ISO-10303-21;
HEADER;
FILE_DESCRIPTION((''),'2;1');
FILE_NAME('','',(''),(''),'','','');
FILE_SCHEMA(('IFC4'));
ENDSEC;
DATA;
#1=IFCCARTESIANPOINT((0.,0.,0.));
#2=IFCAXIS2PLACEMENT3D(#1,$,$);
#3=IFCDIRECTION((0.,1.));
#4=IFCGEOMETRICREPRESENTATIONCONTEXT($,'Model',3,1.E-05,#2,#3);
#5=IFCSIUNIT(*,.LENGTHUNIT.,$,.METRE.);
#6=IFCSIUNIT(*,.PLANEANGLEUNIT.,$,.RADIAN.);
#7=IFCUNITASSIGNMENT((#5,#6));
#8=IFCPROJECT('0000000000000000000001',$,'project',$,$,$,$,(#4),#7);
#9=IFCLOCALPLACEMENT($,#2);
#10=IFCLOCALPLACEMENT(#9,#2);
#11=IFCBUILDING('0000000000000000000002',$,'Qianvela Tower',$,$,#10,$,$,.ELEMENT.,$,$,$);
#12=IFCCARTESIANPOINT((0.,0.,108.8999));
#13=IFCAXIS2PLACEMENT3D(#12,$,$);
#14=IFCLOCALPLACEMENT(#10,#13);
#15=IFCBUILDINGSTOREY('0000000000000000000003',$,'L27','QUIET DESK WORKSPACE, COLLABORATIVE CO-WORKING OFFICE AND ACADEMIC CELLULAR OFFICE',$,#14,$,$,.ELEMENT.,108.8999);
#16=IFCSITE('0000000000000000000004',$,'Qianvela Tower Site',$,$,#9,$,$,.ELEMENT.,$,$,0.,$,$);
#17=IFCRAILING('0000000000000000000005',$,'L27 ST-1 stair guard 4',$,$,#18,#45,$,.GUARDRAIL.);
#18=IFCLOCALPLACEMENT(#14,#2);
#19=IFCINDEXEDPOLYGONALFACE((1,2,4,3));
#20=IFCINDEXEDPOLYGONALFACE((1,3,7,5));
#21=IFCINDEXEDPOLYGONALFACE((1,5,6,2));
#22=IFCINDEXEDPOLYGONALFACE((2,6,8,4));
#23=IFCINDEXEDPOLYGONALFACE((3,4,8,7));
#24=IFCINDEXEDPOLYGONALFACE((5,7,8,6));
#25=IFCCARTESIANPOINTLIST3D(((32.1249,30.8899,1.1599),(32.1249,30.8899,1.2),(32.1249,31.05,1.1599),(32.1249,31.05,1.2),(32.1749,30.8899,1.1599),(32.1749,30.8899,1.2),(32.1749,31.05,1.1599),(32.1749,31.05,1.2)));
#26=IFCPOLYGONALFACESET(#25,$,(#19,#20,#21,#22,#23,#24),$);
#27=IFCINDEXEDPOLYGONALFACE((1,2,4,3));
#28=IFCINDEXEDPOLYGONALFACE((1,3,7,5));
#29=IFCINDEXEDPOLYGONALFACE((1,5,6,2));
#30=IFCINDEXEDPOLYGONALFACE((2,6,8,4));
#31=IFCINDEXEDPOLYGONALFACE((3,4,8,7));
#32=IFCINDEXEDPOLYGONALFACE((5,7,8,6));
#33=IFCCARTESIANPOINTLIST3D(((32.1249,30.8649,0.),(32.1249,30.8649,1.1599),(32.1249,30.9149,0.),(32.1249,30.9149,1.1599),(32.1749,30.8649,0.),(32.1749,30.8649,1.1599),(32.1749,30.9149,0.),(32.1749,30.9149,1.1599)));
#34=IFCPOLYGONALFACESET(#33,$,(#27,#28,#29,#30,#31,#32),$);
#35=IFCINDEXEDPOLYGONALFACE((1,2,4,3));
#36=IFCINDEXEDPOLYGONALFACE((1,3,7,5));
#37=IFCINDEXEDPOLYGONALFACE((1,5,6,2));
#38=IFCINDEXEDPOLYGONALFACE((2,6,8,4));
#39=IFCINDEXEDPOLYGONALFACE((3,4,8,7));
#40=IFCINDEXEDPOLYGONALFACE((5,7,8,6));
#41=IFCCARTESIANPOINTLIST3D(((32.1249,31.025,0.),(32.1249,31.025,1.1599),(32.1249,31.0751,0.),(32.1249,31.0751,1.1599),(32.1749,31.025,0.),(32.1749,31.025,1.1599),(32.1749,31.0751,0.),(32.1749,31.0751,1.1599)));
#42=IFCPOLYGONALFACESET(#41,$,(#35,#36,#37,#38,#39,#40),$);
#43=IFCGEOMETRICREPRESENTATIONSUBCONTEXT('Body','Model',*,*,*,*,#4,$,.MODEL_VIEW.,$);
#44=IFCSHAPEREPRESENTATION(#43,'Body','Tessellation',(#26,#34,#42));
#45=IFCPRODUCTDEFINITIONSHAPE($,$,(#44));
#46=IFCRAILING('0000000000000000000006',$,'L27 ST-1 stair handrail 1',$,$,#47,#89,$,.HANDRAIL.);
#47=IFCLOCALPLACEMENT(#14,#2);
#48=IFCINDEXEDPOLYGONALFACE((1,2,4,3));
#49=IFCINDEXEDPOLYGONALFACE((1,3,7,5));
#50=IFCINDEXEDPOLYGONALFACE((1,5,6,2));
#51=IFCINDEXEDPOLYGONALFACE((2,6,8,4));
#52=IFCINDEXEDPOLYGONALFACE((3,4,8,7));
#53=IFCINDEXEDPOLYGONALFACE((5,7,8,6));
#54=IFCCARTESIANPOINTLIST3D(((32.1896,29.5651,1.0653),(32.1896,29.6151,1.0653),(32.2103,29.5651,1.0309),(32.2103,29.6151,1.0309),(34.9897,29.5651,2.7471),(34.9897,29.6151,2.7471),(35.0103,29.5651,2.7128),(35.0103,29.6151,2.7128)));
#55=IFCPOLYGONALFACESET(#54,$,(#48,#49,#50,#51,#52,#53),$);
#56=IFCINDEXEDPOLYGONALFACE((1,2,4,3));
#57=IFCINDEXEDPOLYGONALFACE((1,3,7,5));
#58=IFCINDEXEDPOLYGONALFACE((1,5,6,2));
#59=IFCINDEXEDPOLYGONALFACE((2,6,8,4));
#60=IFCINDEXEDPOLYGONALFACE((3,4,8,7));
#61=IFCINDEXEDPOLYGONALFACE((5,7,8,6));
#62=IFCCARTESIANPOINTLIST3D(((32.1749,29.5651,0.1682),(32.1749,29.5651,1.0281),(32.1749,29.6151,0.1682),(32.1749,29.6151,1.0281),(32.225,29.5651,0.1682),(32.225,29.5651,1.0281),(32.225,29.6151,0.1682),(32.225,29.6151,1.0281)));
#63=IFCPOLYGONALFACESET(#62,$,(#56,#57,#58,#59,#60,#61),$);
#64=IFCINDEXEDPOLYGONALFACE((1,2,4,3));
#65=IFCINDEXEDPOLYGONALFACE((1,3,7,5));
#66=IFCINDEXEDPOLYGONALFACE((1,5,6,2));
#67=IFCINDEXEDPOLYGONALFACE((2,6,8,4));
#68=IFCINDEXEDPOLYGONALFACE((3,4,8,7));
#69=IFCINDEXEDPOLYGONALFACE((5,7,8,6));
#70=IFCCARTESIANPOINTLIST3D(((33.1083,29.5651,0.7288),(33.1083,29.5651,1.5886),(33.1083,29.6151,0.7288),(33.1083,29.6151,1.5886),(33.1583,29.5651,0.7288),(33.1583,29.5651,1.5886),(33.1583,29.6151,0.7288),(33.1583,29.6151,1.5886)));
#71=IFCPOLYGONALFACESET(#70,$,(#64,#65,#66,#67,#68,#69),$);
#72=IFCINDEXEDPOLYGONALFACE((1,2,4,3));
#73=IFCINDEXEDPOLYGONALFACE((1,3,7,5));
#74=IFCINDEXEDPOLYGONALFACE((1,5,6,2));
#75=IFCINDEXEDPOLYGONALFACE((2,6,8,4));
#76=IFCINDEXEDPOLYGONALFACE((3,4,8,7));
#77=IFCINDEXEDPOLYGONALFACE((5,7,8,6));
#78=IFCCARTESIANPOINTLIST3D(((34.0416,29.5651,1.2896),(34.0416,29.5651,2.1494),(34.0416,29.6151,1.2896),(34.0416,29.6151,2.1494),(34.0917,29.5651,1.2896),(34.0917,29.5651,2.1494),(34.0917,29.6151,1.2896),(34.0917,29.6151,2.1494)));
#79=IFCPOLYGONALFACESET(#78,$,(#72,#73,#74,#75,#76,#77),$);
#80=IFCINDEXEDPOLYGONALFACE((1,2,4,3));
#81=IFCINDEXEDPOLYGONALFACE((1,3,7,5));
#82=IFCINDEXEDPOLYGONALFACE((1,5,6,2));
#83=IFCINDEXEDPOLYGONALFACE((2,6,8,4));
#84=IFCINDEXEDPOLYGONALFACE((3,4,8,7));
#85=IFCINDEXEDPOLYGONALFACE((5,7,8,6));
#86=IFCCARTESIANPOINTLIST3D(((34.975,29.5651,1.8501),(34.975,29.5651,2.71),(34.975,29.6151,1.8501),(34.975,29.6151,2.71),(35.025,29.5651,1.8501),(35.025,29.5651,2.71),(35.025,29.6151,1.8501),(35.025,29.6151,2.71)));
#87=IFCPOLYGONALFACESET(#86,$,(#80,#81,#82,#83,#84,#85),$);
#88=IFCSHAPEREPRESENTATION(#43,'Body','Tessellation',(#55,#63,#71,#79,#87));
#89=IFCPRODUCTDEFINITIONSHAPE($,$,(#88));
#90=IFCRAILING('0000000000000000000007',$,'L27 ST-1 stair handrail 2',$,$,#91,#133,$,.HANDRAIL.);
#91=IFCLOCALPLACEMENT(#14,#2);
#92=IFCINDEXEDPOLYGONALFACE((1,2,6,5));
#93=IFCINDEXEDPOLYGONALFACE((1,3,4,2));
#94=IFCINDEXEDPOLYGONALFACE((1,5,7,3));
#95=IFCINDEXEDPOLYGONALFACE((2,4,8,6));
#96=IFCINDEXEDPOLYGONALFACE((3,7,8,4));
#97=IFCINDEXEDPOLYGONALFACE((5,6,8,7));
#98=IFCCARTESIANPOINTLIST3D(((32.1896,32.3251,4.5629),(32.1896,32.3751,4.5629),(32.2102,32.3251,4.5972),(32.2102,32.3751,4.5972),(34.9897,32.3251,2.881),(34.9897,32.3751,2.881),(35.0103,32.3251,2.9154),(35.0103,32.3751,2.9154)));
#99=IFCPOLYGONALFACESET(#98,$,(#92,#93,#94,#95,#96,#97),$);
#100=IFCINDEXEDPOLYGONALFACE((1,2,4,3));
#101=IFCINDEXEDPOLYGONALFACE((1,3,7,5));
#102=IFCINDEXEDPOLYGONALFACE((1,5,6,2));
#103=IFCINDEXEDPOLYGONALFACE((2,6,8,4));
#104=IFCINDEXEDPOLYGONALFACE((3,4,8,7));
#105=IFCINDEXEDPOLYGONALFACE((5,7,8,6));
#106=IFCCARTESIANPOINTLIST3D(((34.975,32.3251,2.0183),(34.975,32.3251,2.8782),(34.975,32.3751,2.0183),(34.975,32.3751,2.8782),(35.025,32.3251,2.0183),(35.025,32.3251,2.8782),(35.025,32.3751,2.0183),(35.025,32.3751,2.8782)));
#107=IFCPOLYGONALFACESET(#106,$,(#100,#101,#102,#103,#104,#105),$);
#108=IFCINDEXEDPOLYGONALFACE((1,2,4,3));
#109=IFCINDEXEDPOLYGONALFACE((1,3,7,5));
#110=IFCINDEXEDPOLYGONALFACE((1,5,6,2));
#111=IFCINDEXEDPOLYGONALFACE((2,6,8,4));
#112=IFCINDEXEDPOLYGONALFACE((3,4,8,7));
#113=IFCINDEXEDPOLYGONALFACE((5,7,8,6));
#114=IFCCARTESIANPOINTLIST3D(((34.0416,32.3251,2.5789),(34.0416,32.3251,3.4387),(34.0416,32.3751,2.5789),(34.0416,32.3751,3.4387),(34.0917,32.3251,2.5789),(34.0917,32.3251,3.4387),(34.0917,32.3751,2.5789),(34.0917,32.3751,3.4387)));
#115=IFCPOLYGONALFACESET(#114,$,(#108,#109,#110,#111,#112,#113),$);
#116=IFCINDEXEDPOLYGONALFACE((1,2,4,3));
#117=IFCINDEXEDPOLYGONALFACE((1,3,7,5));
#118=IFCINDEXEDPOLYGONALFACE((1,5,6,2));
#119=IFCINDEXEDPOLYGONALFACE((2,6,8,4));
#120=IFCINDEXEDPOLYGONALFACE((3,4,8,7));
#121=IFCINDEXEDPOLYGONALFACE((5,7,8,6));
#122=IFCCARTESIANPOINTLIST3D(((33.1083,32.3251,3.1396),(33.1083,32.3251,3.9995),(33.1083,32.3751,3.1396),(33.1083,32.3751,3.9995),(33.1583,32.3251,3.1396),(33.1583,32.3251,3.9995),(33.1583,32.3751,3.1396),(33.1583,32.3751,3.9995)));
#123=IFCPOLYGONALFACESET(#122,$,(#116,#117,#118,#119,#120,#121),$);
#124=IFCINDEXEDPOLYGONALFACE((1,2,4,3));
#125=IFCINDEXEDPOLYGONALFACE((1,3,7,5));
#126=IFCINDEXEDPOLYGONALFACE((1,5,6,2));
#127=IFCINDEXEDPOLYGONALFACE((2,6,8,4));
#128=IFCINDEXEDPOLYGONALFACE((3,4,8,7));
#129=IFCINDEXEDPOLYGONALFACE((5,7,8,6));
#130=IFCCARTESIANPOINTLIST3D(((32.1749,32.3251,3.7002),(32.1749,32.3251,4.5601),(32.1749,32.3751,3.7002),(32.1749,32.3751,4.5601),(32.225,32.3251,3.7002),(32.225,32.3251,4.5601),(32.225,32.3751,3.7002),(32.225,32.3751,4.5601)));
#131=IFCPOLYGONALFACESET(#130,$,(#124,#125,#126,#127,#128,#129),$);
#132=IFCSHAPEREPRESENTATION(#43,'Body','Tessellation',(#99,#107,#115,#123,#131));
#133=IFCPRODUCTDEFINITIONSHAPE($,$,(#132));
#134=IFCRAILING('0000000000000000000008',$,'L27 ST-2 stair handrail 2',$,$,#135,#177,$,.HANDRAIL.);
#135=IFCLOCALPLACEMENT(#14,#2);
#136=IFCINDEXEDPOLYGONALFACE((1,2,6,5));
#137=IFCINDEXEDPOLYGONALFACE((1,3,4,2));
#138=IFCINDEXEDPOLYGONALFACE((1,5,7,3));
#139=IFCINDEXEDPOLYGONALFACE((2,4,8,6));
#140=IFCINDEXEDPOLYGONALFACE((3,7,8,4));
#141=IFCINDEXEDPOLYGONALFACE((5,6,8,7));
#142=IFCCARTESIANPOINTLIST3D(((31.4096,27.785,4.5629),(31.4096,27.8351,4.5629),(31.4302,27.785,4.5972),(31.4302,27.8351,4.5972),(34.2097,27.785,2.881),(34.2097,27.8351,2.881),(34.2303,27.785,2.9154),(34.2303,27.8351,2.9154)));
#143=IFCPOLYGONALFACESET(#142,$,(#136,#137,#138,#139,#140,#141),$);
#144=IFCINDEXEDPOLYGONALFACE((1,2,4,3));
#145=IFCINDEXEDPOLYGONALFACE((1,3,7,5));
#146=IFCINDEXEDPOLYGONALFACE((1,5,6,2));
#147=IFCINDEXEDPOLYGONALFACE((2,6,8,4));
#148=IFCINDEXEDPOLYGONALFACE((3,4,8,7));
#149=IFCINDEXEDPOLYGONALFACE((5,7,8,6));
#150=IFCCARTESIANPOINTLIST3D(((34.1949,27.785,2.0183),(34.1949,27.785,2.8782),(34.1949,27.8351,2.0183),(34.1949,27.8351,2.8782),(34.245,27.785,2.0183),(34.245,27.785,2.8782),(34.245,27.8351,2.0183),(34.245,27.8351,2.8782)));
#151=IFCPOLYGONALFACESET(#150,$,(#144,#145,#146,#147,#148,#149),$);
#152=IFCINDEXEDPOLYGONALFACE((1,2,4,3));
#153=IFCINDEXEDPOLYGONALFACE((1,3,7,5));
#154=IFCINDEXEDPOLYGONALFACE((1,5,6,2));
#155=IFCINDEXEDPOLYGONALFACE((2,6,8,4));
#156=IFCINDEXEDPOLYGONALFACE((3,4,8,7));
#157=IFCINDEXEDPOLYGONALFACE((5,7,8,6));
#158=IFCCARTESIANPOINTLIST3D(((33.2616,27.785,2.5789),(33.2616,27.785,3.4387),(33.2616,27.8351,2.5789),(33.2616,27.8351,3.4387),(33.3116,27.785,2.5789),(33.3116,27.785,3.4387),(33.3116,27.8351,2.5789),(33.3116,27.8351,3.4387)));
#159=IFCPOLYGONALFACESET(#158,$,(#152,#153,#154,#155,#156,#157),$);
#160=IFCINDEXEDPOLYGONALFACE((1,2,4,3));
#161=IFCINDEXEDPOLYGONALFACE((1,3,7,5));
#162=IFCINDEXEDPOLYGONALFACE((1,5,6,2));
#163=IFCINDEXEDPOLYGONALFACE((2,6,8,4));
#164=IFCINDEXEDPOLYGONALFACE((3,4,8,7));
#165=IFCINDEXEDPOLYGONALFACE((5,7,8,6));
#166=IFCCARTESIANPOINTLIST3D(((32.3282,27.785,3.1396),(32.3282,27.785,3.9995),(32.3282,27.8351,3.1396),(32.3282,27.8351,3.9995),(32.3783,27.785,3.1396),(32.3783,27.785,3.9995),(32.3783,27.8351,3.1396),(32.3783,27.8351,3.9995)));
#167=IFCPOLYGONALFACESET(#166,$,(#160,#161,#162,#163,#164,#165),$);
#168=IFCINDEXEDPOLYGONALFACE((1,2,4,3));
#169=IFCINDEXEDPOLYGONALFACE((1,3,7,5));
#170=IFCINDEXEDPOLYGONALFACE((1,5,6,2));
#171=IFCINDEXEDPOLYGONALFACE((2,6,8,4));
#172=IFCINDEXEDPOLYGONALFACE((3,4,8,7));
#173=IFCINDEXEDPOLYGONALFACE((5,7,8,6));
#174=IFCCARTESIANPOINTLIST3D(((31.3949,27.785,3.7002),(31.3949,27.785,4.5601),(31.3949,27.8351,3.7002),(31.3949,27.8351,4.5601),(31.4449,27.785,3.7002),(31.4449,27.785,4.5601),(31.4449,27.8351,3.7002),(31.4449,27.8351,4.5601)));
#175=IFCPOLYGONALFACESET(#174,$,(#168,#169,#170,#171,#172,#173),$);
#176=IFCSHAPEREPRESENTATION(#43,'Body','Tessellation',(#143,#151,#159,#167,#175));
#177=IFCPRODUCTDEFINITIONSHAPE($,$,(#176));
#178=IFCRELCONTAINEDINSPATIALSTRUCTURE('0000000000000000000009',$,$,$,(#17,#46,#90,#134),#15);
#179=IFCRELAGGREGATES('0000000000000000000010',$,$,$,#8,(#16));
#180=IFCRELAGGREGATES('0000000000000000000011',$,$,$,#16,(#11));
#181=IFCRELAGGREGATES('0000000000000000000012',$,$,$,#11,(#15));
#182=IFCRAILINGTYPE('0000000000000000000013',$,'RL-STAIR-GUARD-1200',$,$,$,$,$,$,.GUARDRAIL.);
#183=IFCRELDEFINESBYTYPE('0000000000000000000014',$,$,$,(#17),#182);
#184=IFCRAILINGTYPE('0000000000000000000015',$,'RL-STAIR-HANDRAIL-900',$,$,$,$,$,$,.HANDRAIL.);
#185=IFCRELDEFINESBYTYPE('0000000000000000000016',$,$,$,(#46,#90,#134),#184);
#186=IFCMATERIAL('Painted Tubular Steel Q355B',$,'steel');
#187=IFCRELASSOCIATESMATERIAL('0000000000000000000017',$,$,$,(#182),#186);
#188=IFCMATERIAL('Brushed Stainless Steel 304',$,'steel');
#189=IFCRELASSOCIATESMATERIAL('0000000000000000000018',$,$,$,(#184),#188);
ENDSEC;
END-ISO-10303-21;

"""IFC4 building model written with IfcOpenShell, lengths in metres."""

from ifc_helpers import new_model, si_unit, direction, frame, origin, origin_2d, place, context, subcontext, project, spatial, rectangle, extrude, material, type_object, element, save


model = new_model("IFC4")

# Units and contexts
model_context = context("Model", 3, precision=1e-05, world=origin(), true_north=direction((0.0, 1.0)))
body_context = subcontext(model_context, "Body", "Model", "MODEL_VIEW")
ifc_project = project(units=[si_unit("LENGTHUNIT", "METRE"), si_unit("PLANEANGLEUNIT", "RADIAN")], contexts=[model_context])

# Site, building, storey
site_placement = place(None, origin())
site = spatial("IfcSite", under=ifc_project, at=site_placement, Name="Qianvela Tower Site", CompositionType="ELEMENT", RefElevation=0.0)
building_placement = place(site_placement, origin())
building = spatial("IfcBuilding", under=site, at=building_placement, Name="Qianvela Tower", CompositionType="ELEMENT")
storey_placement = place(building_placement, frame((0.0, 0.0, 108.8999)))
storey = spatial("IfcBuildingStorey", under=building, at=storey_placement, Name="L27", Description="QUIET DESK WORKSPACE, COLLABORATIVE CO-WORKING OFFICE AND ACADEMIC CELLULAR OFFICE", CompositionType="ELEMENT", Elevation=108.8999)

# Railings
ifc_material_1 = material(Name="Painted Tubular Steel Q355B", Category="steel")
railing_type_1 = type_object("IfcRailingType", Name="RL-STAIR-GUARD-1200", PredefinedType="GUARDRAIL", material=ifc_material_1)
railing_1_placement = place(storey_placement, frame((32.1499, 30.8899, 0.0)))
element("IfcRailing", 1, at=railing_1_placement, inside=storey, type_object=railing_type_1, Name="L27 ST-1 stair guard 4", PredefinedType="GUARDRAIL", context=body_context, shape_type="SweptSolid", body=[
    extrude(rectangle(XDim=0.05, YDim=0.04, at=origin_2d()), frame((0.0, 0.0, 1.1799), z_axis=(0.0, 1.0, 0.0), x_axis=(-1.0, 0.0, 0.0)), (0.0, 0.0, 1.0), 0.1602),
    extrude(rectangle(XDim=0.05, YDim=0.05, at=origin_2d()), origin(), (0.0, 0.0, 1.0), 1.1599),
    extrude(rectangle(XDim=0.05, YDim=0.05, at=origin_2d()), frame((0.0, 0.1602, 0.0)), (0.0, 0.0, 1.0), 1.1599),
])
ifc_material_2 = material(Name="Brushed Stainless Steel 304", Category="steel")
railing_type_2 = type_object("IfcRailingType", Name="RL-STAIR-HANDRAIL-900", PredefinedType="HANDRAIL", material=ifc_material_2)
railing_2_placement = place(storey_placement, frame((32.2, 29.5901, 0.1682)))
element("IfcRailing", 2, at=railing_2_placement, inside=storey, type_object=railing_type_2, Name="L27 ST-1 stair handrail 1", PredefinedType="HANDRAIL", context=body_context, shape_type="SweptSolid", body=[
    extrude(rectangle(XDim=0.05, YDim=0.04, at=origin_2d()), frame((0.0, 0.0, 0.8799), z_axis=(0.857242, 0.0, 0.514913), x_axis=(0.0, 1.0, 0.0)), (0.0, 0.0, 1.0), 3.2664),
    extrude(rectangle(XDim=0.05, YDim=0.05, at=origin_2d()), origin(), (0.0, 0.0, 1.0), 0.8599),
    extrude(rectangle(XDim=0.05, YDim=0.05, at=origin_2d()), frame((0.9333, 0.0, 0.5605)), (0.0, 0.0, 1.0), 0.8599),
    extrude(rectangle(XDim=0.05, YDim=0.05, at=origin_2d()), frame((1.8667, 0.0, 1.1213)), (0.0, 0.0, 1.0), 0.8599),
    extrude(rectangle(XDim=0.05, YDim=0.05, at=origin_2d()), frame((2.8, 0.0, 1.6819)), (0.0, 0.0, 1.0), 0.8599),
])
for number, where, name in (
    (3, (35.0, 32.3501, 2.0183), "L27 ST-1 stair handrail 2"),
    (4, (34.22, 27.8101, 2.0183), "L27 ST-2 stair handrail 2"),
):
    element("IfcRailing", number, at=place(storey_placement, frame(where)), inside=storey, type_object=railing_type_2, Name=name, PredefinedType="HANDRAIL", context=body_context, shape_type="SweptSolid", body=[
        extrude(rectangle(XDim=0.05, YDim=0.04, at=origin_2d()), frame((0.0, 0.0, 0.8799), z_axis=(-0.857242, 0.0, 0.514913), x_axis=(0.0, -1.0, 0.0)), (0.0, 0.0, 1.0), 3.2664),
        extrude(rectangle(XDim=0.05, YDim=0.05, at=origin_2d()), origin(), (0.0, 0.0, 1.0), 0.8599),
        extrude(rectangle(XDim=0.05, YDim=0.05, at=origin_2d()), frame((-0.9333, 0.0, 0.5605)), (0.0, 0.0, 1.0), 0.8599),
        extrude(rectangle(XDim=0.05, YDim=0.05, at=origin_2d()), frame((-1.8667, 0.0, 1.1213)), (0.0, 0.0, 1.0), 0.8599),
        extrude(rectangle(XDim=0.05, YDim=0.05, at=origin_2d()), frame((-2.8, 0.0, 1.6819)), (0.0, 0.0, 1.0), 0.8599),
    ])

save(model, "model.ifc")
